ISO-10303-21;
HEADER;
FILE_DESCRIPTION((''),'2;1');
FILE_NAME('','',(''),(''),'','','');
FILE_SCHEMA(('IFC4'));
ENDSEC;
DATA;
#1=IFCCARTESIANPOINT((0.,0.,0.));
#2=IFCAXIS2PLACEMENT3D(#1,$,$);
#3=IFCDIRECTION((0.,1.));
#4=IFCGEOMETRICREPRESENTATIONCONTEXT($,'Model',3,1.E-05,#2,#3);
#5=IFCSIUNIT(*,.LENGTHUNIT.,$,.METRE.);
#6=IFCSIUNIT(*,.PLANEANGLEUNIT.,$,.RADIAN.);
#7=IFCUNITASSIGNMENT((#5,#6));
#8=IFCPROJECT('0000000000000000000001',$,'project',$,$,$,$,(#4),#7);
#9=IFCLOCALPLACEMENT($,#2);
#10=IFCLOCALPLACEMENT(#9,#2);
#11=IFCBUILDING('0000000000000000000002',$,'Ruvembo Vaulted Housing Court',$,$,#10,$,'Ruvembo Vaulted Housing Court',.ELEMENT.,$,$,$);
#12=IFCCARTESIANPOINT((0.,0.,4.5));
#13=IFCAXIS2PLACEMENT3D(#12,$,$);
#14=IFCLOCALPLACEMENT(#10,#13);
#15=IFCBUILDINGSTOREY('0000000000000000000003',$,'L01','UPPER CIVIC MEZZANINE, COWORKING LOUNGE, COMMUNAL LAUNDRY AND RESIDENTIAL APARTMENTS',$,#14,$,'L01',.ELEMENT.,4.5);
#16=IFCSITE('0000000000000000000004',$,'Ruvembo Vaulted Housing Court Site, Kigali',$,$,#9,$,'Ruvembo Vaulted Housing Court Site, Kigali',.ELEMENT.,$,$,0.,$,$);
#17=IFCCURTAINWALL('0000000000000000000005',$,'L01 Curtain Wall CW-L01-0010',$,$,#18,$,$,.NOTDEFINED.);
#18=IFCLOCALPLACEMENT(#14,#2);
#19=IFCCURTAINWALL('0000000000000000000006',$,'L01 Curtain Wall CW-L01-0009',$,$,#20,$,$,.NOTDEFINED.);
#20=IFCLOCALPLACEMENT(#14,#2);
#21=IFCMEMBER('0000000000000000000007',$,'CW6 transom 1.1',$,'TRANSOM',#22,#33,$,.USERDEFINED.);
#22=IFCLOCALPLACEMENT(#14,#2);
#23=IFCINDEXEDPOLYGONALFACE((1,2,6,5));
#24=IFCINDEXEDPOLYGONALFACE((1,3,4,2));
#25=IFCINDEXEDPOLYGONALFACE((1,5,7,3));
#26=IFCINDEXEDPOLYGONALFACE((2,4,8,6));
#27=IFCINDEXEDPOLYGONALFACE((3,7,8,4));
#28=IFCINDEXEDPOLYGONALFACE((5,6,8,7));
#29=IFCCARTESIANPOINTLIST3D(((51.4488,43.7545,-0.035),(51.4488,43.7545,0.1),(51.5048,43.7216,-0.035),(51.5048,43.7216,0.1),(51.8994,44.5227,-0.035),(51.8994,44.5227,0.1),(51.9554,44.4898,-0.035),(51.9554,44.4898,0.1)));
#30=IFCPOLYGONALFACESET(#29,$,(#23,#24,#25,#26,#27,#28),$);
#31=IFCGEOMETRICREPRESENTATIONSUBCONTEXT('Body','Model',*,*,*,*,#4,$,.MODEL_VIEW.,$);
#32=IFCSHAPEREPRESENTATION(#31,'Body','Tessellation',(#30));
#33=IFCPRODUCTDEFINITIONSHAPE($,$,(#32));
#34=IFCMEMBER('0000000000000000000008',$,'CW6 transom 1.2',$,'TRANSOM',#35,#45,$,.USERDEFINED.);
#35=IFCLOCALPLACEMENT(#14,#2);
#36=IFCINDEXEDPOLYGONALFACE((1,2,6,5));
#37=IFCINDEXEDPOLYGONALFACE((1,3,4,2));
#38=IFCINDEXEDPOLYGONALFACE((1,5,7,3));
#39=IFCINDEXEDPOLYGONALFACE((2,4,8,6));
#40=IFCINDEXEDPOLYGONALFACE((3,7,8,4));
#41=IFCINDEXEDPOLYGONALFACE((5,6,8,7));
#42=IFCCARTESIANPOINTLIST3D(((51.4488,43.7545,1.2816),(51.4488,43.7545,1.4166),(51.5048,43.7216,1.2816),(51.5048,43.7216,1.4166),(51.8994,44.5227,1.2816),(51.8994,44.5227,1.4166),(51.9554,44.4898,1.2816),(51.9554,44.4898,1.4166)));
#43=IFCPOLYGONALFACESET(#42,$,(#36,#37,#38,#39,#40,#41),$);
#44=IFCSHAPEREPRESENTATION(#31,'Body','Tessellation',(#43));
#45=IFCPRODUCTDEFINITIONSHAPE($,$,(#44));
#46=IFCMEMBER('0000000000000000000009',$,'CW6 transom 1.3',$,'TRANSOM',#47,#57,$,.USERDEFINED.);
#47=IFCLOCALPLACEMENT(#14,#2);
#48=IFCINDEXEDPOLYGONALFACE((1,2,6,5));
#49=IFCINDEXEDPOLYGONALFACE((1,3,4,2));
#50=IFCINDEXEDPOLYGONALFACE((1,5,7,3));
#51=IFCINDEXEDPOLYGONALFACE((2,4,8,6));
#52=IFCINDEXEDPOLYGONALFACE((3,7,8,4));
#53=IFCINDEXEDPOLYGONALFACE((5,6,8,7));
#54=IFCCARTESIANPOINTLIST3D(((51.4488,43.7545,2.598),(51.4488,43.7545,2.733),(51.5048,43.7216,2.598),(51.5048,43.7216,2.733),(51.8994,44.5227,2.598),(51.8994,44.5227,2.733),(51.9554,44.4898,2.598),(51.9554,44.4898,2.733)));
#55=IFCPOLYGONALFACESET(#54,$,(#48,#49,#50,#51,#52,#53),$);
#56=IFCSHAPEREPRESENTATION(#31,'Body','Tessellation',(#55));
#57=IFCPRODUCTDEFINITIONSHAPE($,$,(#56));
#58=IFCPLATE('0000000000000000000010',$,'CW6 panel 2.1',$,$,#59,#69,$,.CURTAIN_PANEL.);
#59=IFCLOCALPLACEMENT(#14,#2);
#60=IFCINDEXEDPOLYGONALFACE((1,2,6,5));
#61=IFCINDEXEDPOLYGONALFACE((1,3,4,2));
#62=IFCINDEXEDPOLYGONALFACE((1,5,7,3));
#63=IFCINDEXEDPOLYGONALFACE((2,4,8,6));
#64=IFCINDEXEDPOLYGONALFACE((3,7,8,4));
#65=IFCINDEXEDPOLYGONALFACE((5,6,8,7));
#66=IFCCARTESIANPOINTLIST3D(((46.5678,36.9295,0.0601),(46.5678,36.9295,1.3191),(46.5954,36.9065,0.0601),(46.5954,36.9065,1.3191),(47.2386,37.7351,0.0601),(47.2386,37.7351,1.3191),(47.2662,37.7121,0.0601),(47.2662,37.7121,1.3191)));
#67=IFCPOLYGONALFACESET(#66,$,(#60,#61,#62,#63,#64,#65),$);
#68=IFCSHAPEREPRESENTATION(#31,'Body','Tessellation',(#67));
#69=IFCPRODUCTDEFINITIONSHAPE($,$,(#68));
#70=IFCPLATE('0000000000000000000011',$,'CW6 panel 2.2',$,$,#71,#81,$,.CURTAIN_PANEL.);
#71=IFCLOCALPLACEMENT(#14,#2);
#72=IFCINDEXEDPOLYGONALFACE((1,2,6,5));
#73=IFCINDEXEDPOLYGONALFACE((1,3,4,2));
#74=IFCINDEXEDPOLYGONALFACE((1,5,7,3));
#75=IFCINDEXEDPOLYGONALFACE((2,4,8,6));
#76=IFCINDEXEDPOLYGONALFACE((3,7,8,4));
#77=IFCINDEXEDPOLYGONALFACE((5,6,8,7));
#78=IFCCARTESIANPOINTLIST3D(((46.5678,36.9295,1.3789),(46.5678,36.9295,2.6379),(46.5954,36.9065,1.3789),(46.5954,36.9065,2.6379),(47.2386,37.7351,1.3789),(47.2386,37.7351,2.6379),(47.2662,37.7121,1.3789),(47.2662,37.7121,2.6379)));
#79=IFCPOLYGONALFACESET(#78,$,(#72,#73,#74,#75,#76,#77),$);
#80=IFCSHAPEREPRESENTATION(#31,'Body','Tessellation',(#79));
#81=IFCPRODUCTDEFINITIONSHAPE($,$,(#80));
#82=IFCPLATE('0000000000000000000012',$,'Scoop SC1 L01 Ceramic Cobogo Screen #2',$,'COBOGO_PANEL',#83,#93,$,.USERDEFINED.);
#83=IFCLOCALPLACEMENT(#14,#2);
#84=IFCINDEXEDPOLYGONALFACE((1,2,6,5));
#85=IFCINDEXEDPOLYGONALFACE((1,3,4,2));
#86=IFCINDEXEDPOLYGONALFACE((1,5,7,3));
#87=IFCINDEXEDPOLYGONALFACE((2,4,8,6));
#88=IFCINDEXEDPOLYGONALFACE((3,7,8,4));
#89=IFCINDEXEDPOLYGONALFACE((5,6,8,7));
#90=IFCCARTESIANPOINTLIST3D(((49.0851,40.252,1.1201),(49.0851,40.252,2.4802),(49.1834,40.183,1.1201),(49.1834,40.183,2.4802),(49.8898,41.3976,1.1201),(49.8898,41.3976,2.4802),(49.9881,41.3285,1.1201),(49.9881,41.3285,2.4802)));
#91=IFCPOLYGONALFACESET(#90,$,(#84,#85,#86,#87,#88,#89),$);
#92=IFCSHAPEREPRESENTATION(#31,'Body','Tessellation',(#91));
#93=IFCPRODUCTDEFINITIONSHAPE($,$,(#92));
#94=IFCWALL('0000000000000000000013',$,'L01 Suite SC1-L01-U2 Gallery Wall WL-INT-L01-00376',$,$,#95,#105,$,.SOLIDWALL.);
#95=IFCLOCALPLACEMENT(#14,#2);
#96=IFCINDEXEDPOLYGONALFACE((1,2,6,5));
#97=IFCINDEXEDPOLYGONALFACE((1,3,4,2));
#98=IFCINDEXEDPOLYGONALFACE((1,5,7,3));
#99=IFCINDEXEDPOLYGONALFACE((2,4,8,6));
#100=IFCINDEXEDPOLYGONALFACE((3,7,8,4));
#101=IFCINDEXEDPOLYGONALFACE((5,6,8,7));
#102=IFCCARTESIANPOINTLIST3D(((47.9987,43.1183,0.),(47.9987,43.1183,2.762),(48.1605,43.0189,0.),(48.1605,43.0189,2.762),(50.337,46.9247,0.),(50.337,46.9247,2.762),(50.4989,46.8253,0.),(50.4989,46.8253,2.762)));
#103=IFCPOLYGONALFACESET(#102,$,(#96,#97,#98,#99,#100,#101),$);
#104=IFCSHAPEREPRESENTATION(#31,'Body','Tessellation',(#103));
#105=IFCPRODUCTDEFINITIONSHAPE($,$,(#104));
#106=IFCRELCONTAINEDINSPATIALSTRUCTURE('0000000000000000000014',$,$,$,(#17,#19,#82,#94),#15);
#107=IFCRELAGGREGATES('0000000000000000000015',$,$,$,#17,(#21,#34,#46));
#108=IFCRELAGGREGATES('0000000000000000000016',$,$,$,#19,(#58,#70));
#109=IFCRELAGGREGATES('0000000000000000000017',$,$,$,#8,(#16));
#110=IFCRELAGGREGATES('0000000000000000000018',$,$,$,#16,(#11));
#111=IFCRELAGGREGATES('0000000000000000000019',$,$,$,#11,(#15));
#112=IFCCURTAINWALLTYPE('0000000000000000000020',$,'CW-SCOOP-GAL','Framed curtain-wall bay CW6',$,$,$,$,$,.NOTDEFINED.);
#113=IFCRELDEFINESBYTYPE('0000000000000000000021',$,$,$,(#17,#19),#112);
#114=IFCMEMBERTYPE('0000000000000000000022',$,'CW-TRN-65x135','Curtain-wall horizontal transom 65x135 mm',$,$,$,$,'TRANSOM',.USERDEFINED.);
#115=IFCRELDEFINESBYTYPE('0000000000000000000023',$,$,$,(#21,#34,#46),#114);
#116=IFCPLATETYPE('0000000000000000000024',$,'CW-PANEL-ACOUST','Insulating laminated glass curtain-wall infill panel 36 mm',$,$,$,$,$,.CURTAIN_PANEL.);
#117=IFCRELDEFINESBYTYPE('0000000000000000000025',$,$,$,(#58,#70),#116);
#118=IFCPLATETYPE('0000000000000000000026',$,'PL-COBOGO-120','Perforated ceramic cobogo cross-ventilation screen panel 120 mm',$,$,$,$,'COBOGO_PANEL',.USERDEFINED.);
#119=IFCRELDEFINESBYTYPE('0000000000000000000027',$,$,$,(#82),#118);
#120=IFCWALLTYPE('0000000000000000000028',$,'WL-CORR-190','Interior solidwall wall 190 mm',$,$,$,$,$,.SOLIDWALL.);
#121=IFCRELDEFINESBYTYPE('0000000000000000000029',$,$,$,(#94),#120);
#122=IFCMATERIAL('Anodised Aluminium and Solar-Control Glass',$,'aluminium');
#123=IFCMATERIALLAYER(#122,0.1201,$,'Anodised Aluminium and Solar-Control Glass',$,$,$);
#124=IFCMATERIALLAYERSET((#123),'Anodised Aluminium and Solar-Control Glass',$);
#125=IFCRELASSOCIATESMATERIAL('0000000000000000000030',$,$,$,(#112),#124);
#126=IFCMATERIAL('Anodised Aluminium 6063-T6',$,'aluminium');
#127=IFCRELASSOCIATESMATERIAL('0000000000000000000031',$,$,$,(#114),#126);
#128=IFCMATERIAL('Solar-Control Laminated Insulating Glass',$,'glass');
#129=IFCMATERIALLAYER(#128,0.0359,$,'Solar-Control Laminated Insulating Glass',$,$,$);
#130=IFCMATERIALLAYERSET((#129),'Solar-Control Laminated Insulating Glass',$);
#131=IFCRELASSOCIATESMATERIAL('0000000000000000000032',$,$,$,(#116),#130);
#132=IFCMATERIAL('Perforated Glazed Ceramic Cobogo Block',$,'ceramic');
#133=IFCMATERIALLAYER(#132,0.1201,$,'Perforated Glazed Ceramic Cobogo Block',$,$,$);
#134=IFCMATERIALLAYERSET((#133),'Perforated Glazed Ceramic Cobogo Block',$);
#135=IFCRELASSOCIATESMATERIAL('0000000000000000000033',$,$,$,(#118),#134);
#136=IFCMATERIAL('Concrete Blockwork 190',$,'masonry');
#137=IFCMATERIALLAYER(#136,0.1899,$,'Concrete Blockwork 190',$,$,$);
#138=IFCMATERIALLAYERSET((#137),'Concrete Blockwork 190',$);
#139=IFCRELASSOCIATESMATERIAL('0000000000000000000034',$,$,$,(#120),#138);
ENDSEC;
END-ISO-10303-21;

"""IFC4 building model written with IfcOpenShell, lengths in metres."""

from ifc_helpers import new_model, si_unit, direction, frame, frame_2d, origin, origin_2d, place, context, subcontext, project, spatial, rectangle, extrude, material, layer, layer_set, material_profile, profile_set, type_object, element, aggregate, save


model = new_model("IFC4")

# Units and contexts
model_context = context("Model", 3, precision=1e-05, world=origin(), true_north=direction((0.0, 1.0)))
body_context = subcontext(model_context, "Body", "Model", "MODEL_VIEW")
ifc_project = project(units=[si_unit("LENGTHUNIT", "METRE"), si_unit("PLANEANGLEUNIT", "RADIAN")], contexts=[model_context])

# Site, building, storey
site_placement = place(None, origin())
site = spatial("IfcSite", under=ifc_project, at=site_placement, Name="Ruvembo Vaulted Housing Court Site, Kigali", LongName="Ruvembo Vaulted Housing Court Site, Kigali", CompositionType="ELEMENT", RefElevation=0.0)
building_placement = place(site_placement, origin())
building = spatial("IfcBuilding", under=site, at=building_placement, Name="Ruvembo Vaulted Housing Court", LongName="Ruvembo Vaulted Housing Court", CompositionType="ELEMENT")
storey_placement = place(building_placement, frame((0.0, 0.0, 4.5)))
storey = spatial("IfcBuildingStorey", under=building, at=storey_placement, Name="L01", Description="UPPER CIVIC MEZZANINE, COWORKING LOUNGE, COMMUNAL LAUNDRY AND RESIDENTIAL APARTMENTS", LongName="L01", CompositionType="ELEMENT", Elevation=4.5)

# Curtain wall
ifc_material_1 = material(Name="Anodised Aluminium and Solar-Control Glass", Category="aluminium")
ifc_layer_1 = layer(ifc_material_1, 0.1201, Name="Anodised Aluminium and Solar-Control Glass")
ifc_layer_set_1 = layer_set([ifc_layer_1], Name="Anodised Aluminium and Solar-Control Glass")
curtain_wall_type = type_object("IfcCurtainWallType", Name="CW-SCOOP-GAL", Description="Framed curtain-wall bay CW6", PredefinedType="NOTDEFINED", material=ifc_layer_set_1)
curtain_wall_1_placement = place(storey_placement, origin())
curtain_wall_1 = element("IfcCurtainWall", 1, at=curtain_wall_1_placement, inside=storey, type_object=curtain_wall_type, Name="L01 Curtain Wall CW-L01-0010", PredefinedType="NOTDEFINED")
ifc_material_2 = material(Name="Anodised Aluminium 6063-T6", Category="aluminium")

# Curtain wall
curtain_wall_2_placement = place(storey_placement, origin())
curtain_wall_2 = element("IfcCurtainWall", 2, at=curtain_wall_2_placement, inside=storey, type_object=curtain_wall_type, Name="L01 Curtain Wall CW-L01-0009", PredefinedType="NOTDEFINED")

# Members
ifc_material_profile_1 = material_profile(ifc_material_2, rectangle(XDim=0.0649, YDim=0.135, at=origin_2d()), Name="ALU 65x135")
ifc_profile_set_1 = profile_set([ifc_material_profile_1], Name="Anodised Aluminium 6063-T6")
member_type_1 = type_object("IfcMemberType", Name="CW-TRN-65x135", Description="Curtain-wall horizontal transom 65x135 mm", ElementType="TRANSOM", PredefinedType="USERDEFINED", material=ifc_profile_set_1)
member_1_placement = place(storey_placement, frame((51.4768, 43.738, 0.0325), z_axis=(0.505966, 0.862554, 0.0), x_axis=(-0.862554, 0.505966, 0.0)))
member_1 = element("IfcMember", 3, at=member_1_placement, type_object=member_type_1, Name="CW6 transom 1.1", ObjectType="TRANSOM", PredefinedType="USERDEFINED", context=body_context, shape_type="SweptSolid", body=[
    extrude(rectangle(XDim=0.0649, YDim=0.135, at=origin_2d()), origin(), (0.0, 0.0, 1.0), 0.8906),
])
member_2_placement = place(storey_placement, frame((51.4768, 43.738, 1.3491), z_axis=(0.505966, 0.862554, 0.0), x_axis=(-0.862554, 0.505966, 0.0)))
member_2 = element("IfcMember", 4, at=member_2_placement, type_object=member_type_1, Name="CW6 transom 1.2", ObjectType="TRANSOM", PredefinedType="USERDEFINED", context=body_context, shape_type="SweptSolid", body=[
    extrude(rectangle(XDim=0.0649, YDim=0.135, at=origin_2d()), origin(), (0.0, 0.0, 1.0), 0.8906),
])
member_3_placement = place(storey_placement, frame((51.4768, 43.738, 2.6655), z_axis=(0.505966, 0.862554, 0.0), x_axis=(-0.862554, 0.505966, 0.0)))
member_3 = element("IfcMember", 5, at=member_3_placement, type_object=member_type_1, Name="CW6 transom 1.3", ObjectType="TRANSOM", PredefinedType="USERDEFINED", context=body_context, shape_type="SweptSolid", body=[
    extrude(rectangle(XDim=0.0649, YDim=0.135, at=origin_2d()), origin(), (0.0, 0.0, 1.0), 0.8906),
])
aggregate(curtain_wall_1, [member_1, member_2, member_3])

# Plates
ifc_material_3 = material(Name="Solar-Control Laminated Insulating Glass", Category="glass")
ifc_layer_2 = layer(ifc_material_3, 0.0359, Name="Solar-Control Laminated Insulating Glass")
ifc_layer_set_2 = layer_set([ifc_layer_2], Name="Solar-Control Laminated Insulating Glass")
plate_type_1 = type_object("IfcPlateType", Name="CW-PANEL-ACOUST", Description="Insulating laminated glass curtain-wall infill panel 36 mm", PredefinedType="CURTAIN_PANEL", material=ifc_layer_set_2)
plate_1_placement = place(storey_placement, frame((46.917, 37.3208, 0.0601), z_axis=(0.0, 0.0, 1.0), x_axis=(0.639869, 0.768484, 0.0)))
plate_1 = element("IfcPlate", 6, at=plate_1_placement, type_object=plate_type_1, Name="CW6 panel 2.1", PredefinedType="CURTAIN_PANEL", context=body_context, shape_type="SweptSolid", body=[
    extrude(rectangle(XDim=1.0483, YDim=0.0359, at=origin_2d()), origin(), (0.0, 0.0, 1.0), 1.259),
])
plate_2_placement = place(storey_placement, frame((46.917, 37.3208, 1.3789), z_axis=(0.0, 0.0, 1.0), x_axis=(0.639869, 0.768484, 0.0)))
plate_2 = element("IfcPlate", 7, at=plate_2_placement, type_object=plate_type_1, Name="CW6 panel 2.2", PredefinedType="CURTAIN_PANEL", context=body_context, shape_type="SweptSolid", body=[
    extrude(rectangle(XDim=1.0483, YDim=0.0359, at=origin_2d()), origin(), (0.0, 0.0, 1.0), 1.259),
])
aggregate(curtain_wall_2, [plate_1, plate_2])
ifc_material_4 = material(Name="Perforated Glazed Ceramic Cobogo Block", Category="ceramic")
ifc_layer_3 = layer(ifc_material_4, 0.1201, Name="Perforated Glazed Ceramic Cobogo Block")
ifc_layer_set_3 = layer_set([ifc_layer_3], Name="Perforated Glazed Ceramic Cobogo Block")
plate_type_2 = type_object("IfcPlateType", Name="PL-COBOGO-120", Description="Perforated ceramic cobogo cross-ventilation screen panel 120 mm", ElementType="COBOGO_PANEL", PredefinedType="USERDEFINED", material=ifc_layer_set_3)
plate_3_placement = place(storey_placement, frame((49.5366, 40.7903, 1.1201), z_axis=(0.0, 0.0, 1.0), x_axis=(0.574805, 0.81829, 0.0)))
element("IfcPlate", 8, at=plate_3_placement, inside=storey, type_object=plate_type_2, Name="Scoop SC1 L01 Ceramic Cobogo Screen #2", ObjectType="COBOGO_PANEL", PredefinedType="USERDEFINED", context=body_context, shape_type="SweptSolid", body=[
    extrude(rectangle(XDim=1.3999, YDim=0.1201, at=origin_2d()), origin(), (0.0, 0.0, 1.0), 1.3601),
])

# Shared definitions
ifc_material_5 = material(Name="Concrete Blockwork 190", Category="masonry")
ifc_layer_4 = layer(ifc_material_5, 0.1899, Name="Concrete Blockwork 190")
ifc_layer_set_4 = layer_set([ifc_layer_4], Name="Concrete Blockwork 190")
wall_type = type_object("IfcWallType", Name="WL-CORR-190", Description="Interior solidwall wall 190 mm", PredefinedType="SOLIDWALL", material=ifc_layer_set_4)

# Wall
wall_1_placement = place(storey_placement, frame((48.0796, 43.0686, 0.0), z_axis=(0.0, 0.0, 1.0), x_axis=(0.523445, 0.85206, 0.0)))
element("IfcWall", 9, at=wall_1_placement, inside=storey, type_object=wall_type, Name="L01 Suite SC1-L01-U2 Gallery Wall WL-INT-L01-00376", PredefinedType="SOLIDWALL", context=body_context, shape_type="SweptSolid", body=[
    extrude(rectangle(XDim=4.4673, YDim=0.1899, at=frame_2d((2.2336, 0.0))), origin(), (0.0, 0.0, 1.0), 2.762),
])

save(model, "model.ifc")
